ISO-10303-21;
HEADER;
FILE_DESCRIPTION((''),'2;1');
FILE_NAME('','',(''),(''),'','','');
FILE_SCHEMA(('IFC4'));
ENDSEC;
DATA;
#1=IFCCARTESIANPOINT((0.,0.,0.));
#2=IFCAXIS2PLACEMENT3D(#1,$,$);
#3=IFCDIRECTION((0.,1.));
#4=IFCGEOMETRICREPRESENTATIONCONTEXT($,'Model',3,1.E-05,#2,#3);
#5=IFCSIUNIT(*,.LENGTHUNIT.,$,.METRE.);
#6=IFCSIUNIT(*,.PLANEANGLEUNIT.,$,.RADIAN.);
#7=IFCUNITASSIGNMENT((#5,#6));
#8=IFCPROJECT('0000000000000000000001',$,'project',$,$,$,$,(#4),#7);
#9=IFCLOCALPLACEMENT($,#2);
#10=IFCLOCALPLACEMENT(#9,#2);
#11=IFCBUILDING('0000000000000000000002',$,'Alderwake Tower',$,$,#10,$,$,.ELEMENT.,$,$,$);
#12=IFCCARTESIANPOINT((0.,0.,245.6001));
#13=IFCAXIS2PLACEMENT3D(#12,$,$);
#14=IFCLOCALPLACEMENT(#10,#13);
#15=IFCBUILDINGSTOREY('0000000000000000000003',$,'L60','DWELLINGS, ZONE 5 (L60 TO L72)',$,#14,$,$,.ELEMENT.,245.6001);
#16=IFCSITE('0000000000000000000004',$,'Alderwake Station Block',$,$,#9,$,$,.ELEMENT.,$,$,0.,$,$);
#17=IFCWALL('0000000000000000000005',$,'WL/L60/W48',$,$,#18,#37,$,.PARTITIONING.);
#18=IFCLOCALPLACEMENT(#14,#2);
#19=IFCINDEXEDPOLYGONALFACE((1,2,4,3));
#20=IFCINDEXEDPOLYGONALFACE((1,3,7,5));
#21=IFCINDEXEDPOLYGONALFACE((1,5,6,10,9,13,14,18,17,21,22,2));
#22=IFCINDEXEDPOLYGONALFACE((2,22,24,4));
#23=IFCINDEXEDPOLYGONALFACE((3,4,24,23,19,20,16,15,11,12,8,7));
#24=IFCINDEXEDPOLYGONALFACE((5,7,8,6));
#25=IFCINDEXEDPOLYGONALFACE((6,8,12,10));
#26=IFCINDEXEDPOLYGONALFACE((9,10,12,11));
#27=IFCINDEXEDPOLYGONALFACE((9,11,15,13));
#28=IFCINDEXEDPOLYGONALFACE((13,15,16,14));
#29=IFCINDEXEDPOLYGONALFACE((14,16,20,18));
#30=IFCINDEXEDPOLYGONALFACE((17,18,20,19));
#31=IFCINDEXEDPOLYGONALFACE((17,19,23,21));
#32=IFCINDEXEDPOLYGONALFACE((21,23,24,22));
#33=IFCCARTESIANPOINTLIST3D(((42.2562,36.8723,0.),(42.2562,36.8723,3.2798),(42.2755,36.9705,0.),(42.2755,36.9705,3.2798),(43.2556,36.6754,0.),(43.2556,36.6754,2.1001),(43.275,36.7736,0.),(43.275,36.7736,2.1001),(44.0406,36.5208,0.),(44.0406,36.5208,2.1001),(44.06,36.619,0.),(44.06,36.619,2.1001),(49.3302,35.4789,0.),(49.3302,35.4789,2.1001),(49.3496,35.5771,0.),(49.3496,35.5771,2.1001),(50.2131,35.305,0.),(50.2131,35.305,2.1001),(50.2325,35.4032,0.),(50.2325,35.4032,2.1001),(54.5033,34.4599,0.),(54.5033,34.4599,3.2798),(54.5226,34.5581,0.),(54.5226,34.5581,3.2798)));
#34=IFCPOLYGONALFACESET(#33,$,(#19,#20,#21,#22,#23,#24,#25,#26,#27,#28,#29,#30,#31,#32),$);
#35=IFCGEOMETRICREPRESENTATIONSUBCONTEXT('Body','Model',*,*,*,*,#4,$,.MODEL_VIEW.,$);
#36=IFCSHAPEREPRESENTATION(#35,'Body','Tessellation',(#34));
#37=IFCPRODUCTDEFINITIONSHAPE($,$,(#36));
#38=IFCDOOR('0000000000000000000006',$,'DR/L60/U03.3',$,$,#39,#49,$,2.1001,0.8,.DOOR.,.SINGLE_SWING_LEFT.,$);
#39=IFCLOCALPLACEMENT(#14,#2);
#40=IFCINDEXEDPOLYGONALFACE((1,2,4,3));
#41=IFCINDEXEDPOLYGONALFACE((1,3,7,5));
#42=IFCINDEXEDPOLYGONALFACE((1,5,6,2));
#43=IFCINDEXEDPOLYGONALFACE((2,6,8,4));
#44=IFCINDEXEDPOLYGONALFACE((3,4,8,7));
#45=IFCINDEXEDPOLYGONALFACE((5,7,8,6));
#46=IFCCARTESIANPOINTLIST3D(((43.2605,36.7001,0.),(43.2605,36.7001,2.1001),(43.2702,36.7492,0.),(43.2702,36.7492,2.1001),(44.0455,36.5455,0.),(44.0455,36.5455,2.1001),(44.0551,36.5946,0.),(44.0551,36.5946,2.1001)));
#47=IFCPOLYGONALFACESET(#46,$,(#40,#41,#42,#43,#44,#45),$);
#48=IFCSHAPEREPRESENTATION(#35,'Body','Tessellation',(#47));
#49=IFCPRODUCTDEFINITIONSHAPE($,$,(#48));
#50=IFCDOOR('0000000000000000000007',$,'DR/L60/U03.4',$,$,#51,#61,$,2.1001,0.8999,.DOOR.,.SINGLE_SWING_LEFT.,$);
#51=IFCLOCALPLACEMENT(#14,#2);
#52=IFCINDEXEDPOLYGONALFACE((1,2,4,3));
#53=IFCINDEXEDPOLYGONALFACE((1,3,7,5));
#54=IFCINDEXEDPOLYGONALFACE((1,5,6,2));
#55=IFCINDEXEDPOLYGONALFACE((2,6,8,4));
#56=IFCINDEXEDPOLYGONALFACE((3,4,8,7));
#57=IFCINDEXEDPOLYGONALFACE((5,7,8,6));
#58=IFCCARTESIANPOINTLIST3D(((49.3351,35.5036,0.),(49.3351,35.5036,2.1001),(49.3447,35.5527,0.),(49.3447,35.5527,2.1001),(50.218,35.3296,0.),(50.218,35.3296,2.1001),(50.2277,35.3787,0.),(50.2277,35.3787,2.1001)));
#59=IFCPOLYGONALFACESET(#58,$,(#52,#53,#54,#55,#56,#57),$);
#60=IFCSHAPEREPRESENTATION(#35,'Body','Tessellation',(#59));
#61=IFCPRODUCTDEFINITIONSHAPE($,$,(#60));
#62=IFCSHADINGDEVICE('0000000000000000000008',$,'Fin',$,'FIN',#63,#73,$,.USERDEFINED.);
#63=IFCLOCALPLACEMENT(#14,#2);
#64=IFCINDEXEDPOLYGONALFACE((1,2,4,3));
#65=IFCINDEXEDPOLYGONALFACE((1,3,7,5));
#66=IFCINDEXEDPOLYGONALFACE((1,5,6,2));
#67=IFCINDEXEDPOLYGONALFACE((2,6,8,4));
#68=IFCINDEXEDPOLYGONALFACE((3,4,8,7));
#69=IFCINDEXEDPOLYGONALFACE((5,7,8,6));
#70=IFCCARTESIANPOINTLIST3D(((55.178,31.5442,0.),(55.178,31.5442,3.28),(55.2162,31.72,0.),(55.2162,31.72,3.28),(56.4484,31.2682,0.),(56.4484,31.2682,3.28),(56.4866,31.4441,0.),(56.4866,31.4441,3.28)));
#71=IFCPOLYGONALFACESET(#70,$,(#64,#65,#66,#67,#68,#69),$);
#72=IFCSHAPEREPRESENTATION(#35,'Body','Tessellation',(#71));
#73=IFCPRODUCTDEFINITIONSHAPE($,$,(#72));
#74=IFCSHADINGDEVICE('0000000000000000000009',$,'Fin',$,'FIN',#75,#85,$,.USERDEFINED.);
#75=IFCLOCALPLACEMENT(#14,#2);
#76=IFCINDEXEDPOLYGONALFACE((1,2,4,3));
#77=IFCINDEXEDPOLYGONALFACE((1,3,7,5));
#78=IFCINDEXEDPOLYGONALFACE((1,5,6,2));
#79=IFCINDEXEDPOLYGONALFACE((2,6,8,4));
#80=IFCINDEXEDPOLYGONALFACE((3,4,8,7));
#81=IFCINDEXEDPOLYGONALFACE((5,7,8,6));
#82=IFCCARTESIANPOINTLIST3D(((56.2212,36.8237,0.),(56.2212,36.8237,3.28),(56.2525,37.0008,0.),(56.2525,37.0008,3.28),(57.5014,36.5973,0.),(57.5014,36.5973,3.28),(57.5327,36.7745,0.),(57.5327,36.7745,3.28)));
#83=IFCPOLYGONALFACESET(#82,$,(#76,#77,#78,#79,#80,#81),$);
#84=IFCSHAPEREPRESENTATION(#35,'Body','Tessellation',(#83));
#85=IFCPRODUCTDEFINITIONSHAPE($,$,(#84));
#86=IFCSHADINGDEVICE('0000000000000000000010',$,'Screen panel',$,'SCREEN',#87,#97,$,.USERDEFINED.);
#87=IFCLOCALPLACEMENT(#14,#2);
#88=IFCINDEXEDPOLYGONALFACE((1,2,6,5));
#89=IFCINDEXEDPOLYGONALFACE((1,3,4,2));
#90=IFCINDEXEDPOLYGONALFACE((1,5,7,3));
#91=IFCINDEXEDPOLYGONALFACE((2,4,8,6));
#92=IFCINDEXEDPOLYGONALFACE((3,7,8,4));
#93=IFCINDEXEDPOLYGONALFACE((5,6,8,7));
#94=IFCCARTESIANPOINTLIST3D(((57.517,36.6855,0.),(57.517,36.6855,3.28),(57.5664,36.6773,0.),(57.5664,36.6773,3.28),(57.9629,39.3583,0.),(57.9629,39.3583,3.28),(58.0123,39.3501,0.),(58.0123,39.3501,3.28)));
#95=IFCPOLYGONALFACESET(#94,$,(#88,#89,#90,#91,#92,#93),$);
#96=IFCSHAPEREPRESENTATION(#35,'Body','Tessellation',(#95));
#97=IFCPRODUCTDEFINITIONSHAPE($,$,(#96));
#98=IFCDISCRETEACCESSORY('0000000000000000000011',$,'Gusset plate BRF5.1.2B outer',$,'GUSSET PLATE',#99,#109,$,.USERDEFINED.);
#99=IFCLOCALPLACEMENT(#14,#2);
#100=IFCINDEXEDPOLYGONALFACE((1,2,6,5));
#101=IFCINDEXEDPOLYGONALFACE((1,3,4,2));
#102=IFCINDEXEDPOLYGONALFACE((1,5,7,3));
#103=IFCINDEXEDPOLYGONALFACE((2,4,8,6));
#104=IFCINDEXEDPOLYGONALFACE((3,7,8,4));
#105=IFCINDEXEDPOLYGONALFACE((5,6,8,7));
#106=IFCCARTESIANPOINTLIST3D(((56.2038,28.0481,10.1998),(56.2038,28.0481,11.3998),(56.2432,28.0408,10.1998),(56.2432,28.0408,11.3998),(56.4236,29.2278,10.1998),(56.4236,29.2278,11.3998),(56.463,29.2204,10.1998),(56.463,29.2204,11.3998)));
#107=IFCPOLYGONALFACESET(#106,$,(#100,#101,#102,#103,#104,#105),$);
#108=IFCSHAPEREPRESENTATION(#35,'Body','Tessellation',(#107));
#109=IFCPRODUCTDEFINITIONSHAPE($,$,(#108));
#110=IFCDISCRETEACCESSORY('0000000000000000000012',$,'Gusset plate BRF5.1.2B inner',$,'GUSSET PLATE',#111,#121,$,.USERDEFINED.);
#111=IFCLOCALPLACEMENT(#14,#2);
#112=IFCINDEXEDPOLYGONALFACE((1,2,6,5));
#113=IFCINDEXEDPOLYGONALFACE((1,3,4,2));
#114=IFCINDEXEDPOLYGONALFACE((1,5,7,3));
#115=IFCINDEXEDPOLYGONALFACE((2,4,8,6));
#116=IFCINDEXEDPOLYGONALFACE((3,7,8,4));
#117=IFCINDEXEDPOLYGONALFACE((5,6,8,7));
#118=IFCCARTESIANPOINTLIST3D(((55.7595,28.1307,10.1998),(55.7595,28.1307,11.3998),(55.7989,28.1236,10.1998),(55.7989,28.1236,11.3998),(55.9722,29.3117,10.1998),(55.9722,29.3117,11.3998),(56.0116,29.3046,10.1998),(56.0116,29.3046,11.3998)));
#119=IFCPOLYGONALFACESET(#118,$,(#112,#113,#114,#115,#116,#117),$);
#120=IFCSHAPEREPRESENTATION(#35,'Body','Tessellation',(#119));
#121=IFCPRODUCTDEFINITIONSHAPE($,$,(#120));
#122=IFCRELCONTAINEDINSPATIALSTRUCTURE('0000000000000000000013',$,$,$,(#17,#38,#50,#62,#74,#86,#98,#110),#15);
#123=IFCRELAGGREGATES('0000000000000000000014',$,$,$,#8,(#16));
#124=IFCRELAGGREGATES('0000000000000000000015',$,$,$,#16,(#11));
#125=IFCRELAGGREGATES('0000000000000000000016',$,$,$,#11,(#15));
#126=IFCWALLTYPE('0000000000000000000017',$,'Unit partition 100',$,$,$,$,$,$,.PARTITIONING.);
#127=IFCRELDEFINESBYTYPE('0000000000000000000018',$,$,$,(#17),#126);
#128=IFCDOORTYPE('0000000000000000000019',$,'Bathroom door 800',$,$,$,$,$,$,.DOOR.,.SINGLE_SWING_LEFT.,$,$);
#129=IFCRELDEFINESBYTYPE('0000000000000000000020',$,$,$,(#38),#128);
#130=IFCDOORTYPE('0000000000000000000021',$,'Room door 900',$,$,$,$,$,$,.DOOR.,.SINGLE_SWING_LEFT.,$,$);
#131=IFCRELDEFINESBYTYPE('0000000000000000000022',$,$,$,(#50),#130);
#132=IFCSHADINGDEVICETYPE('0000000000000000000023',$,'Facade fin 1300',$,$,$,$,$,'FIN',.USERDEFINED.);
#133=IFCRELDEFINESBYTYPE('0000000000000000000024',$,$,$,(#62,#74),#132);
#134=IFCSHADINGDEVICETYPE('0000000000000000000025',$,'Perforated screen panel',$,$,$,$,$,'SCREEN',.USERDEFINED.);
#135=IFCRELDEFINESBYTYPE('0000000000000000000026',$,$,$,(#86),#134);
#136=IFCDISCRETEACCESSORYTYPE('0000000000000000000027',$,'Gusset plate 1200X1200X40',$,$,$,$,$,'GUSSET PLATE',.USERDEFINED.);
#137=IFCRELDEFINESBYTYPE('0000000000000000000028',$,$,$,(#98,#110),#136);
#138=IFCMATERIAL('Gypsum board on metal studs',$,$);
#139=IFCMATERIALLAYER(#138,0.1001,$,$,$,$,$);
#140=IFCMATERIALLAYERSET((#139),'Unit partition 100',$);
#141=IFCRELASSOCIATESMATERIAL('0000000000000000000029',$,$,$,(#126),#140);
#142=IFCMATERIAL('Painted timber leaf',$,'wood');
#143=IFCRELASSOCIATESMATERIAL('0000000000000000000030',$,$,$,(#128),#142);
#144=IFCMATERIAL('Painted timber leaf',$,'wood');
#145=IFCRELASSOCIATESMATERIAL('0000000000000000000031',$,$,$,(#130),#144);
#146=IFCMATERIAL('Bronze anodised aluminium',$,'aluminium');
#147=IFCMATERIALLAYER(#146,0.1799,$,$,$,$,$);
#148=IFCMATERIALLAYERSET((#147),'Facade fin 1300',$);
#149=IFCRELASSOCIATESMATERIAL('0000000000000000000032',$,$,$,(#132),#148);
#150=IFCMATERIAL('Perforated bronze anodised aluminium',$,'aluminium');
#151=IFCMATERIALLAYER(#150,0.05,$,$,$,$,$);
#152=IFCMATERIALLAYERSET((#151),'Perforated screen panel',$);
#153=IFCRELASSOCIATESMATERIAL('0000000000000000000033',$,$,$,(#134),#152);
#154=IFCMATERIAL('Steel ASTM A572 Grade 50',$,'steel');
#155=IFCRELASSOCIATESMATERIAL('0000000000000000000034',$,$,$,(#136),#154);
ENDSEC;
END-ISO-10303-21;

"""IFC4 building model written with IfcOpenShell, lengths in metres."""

from ifc_helpers import new_model, si_unit, direction, frame, frame_2d, origin, origin_2d, place, context, subcontext, project, spatial, rectangle, extrude, material, layer, layer_set, material_profile, profile_set, type_object, element, fill, save


model = new_model("IFC4")

# Units and contexts
model_context = context("Model", 3, precision=1e-05, world=origin(), true_north=direction((0.0, 1.0)))
body_context = subcontext(model_context, "Body", "Model", "MODEL_VIEW")
ifc_project = project(units=[si_unit("LENGTHUNIT", "METRE"), si_unit("PLANEANGLEUNIT", "RADIAN")], contexts=[model_context])

# Site, building, storey
site_placement = place(None, origin())
site = spatial("IfcSite", under=ifc_project, at=site_placement, Name="Alderwake Station Block", CompositionType="ELEMENT", RefElevation=0.0)
building_placement = place(site_placement, origin())
building = spatial("IfcBuilding", under=site, at=building_placement, Name="Alderwake Tower", CompositionType="ELEMENT")
storey_placement = place(building_placement, frame((0.0, 0.0, 245.6001)))
storey = spatial("IfcBuildingStorey", under=building, at=storey_placement, Name="L60", Description="DWELLINGS, ZONE 5 (L60 TO L72)", CompositionType="ELEMENT", Elevation=245.6001)

# Wall, openings, doors
ifc_material_1 = material(Name="Gypsum board on metal studs")
ifc_layer_1 = layer(ifc_material_1, 0.1001)
ifc_layer_set_1 = layer_set([ifc_layer_1], Name="Unit partition 100")
wall_type_1 = type_object("IfcWallType", Name="Unit partition 100", PredefinedType="PARTITIONING", material=ifc_layer_set_1)
wall_1_placement = place(storey_placement, frame((54.5129, 34.509, 0.0), z_axis=(0.0, 0.0, 1.0), x_axis=(-0.981147, 0.19326, 0.0)))
wall_1 = element("IfcWall", 1, at=wall_1_placement, inside=storey, type_object=wall_type_1, Name="WL/L60/W48", PredefinedType="PARTITIONING", context=body_context, shape_type="SweptSolid", body=[
    extrude(rectangle(XDim=12.4824, YDim=0.1001, at=frame_2d((6.2412, 0.0))), origin(), (0.0, 0.0, 1.0), 3.2798),
])
opening_1_placement = place(wall_1_placement, frame((10.6638, 0.0, 0.0)))
opening_1 = element("IfcOpeningElement", 2, at=opening_1_placement, cuts=wall_1, PredefinedType="OPENING", context=body_context, shape_type="SweptSolid", body=[
    extrude(rectangle(XDim=0.8, YDim=2.1001, at=frame_2d((0.3999, 1.05))), frame((0.0, 0.0601, 0.0), z_axis=(0.0, -1.0, 0.0), x_axis=(1.0, 0.0, 0.0)), (0.0, 0.0, 1.0), 0.1201),
])
opening_2_placement = place(wall_1_placement, frame((4.3726, 0.0, 0.0)))
opening_2 = element("IfcOpeningElement", 3, at=opening_2_placement, cuts=wall_1, PredefinedType="OPENING", context=body_context, shape_type="SweptSolid", body=[
    extrude(rectangle(XDim=0.8999, YDim=2.1001, at=frame_2d((0.45, 1.05))), frame((0.0, 0.0601, 0.0), z_axis=(0.0, -1.0, 0.0), x_axis=(1.0, 0.0, 0.0)), (0.0, 0.0, 1.0), 0.1201),
])
ifc_material_2 = material(Name="Painted timber leaf", Category="wood")
door_type_1 = type_object("IfcDoorType", Name="Bathroom door 800", OperationType="SINGLE_SWING_LEFT", PredefinedType="DOOR", material=ifc_material_2)
door_1_placement = place(opening_1_placement, origin())
door_1 = element("IfcDoor", 4, at=door_1_placement, inside=storey, type_object=door_type_1, Name="DR/L60/U03.3", OperationType="SINGLE_SWING_LEFT", OverallHeight=2.1001, OverallWidth=0.8, PredefinedType="DOOR", context=body_context, shape_type="SweptSolid", body=[
    extrude(rectangle(XDim=0.8, YDim=2.1001, at=frame_2d((0.3999, 1.05))), frame((0.0, 0.0249, 0.0), z_axis=(0.0, -1.0, 0.0), x_axis=(1.0, 0.0, 0.0)), (0.0, 0.0, 1.0), 0.05),
])
fill(opening_1, door_1)
ifc_material_3 = material(Name="Painted timber leaf", Category="wood")
door_type_2 = type_object("IfcDoorType", Name="Room door 900", OperationType="SINGLE_SWING_LEFT", PredefinedType="DOOR", material=ifc_material_3)
door_2_placement = place(opening_2_placement, origin())
door_2 = element("IfcDoor", 5, at=door_2_placement, inside=storey, type_object=door_type_2, Name="DR/L60/U03.4", OperationType="SINGLE_SWING_LEFT", OverallHeight=2.1001, OverallWidth=0.8999, PredefinedType="DOOR", context=body_context, shape_type="SweptSolid", body=[
    extrude(rectangle(XDim=0.8999, YDim=2.1001, at=frame_2d((0.45, 1.05))), frame((0.0, 0.0249, 0.0), z_axis=(0.0, -1.0, 0.0), x_axis=(1.0, 0.0, 0.0)), (0.0, 0.0, 1.0), 0.05),
])
fill(opening_2, door_2)

# Shading devices
ifc_material_4 = material(Name="Bronze anodised aluminium", Category="aluminium")
ifc_layer_2 = layer(ifc_material_4, 0.1799)
ifc_layer_set_2 = layer_set([ifc_layer_2], Name="Facade fin 1300")
shading_device_type_1 = type_object("IfcShadingDeviceType", Name="Facade fin 1300", ElementType="FIN", PredefinedType="USERDEFINED", material=ifc_layer_set_2)
for number, where, z_axis, x_axis, name in (
    (6, (55.8323, 31.4941, 0.0), (0.0, 0.0, 1.0), (0.97721, -0.212273, 0.0), "Fin"),
    (7, (56.877, 36.7991, 0.0), (0.0, 0.0, 1.0), (0.984726, -0.174109, 0.0), "Fin"),
):
    element("IfcShadingDevice", number, at=place(storey_placement, frame(where, z_axis=z_axis, x_axis=x_axis)), inside=storey, type_object=shading_device_type_1, Name=name, ObjectType="FIN", PredefinedType="USERDEFINED", context=body_context, shape_type="SweptSolid", body=[
        extrude(rectangle(XDim=1.3, YDim=0.1799, at=origin_2d()), origin(), (0.0, 0.0, 1.0), 3.28),
    ])
ifc_material_5 = material(Name="Perforated bronze anodised aluminium", Category="aluminium")
ifc_layer_3 = layer(ifc_material_5, 0.05)
ifc_layer_set_3 = layer_set([ifc_layer_3], Name="Perforated screen panel")
shading_device_type_2 = type_object("IfcShadingDeviceType", Name="Perforated screen panel", ElementType="SCREEN", PredefinedType="USERDEFINED", material=ifc_layer_set_3)
shading_device_placement = place(storey_placement, frame((57.7646, 38.0178, 0.0), z_axis=(0.0, 0.0, 1.0), x_axis=(0.986369, -0.164548, 0.0)))
element("IfcShadingDevice", 8, at=shading_device_placement, inside=storey, type_object=shading_device_type_2, Name="Screen panel", ObjectType="SCREEN", PredefinedType="USERDEFINED", context=body_context, shape_type="SweptSolid", body=[
    extrude(rectangle(XDim=0.05, YDim=2.7097, at=origin_2d()), origin(), (0.0, 0.0, 1.0), 3.28),
])

# Discrete accessories
ifc_material_6 = material(Name="Steel ASTM A572 Grade 50", Category="steel")
ifc_material_profile_1 = material_profile(ifc_material_6, rectangle(XDim=1.2, YDim=1.2, at=origin_2d()), Name="gusset 1200X1200")
ifc_profile_set_1 = profile_set([ifc_material_profile_1], Name="Steel ASTM A572 Grade 50")
discrete_accessory_type = type_object("IfcDiscreteAccessoryType", Name="Gusset plate 1200X1200X40", ElementType="GUSSET PLATE", PredefinedType="USERDEFINED", material=ifc_profile_set_1)
for number, where, z_axis, x_axis, name in (
    (9, (56.3137, 28.6379, 10.7998), (0.983079, -0.183182, 0.0), (0.183182, 0.983079, 0.0), "Gusset plate BRF5.1.2B outer"),
    (10, (55.9053, 28.7141, 10.7998), (-0.984162, 0.177271, 0.0), (-0.177271, -0.984162, 0.0), "Gusset plate BRF5.1.2B inner"),
):
    element("IfcDiscreteAccessory", number, at=place(storey_placement, frame(where, z_axis=z_axis, x_axis=x_axis)), inside=storey, type_object=discrete_accessory_type, Name=name, ObjectType="GUSSET PLATE", PredefinedType="USERDEFINED", context=body_context, shape_type="SweptSolid", body=[
        extrude(rectangle(XDim=1.2, YDim=1.2, at=origin_2d()), origin(), (0.0, 0.0, 1.0), 0.04),
    ])

save(model, "model.ifc")
